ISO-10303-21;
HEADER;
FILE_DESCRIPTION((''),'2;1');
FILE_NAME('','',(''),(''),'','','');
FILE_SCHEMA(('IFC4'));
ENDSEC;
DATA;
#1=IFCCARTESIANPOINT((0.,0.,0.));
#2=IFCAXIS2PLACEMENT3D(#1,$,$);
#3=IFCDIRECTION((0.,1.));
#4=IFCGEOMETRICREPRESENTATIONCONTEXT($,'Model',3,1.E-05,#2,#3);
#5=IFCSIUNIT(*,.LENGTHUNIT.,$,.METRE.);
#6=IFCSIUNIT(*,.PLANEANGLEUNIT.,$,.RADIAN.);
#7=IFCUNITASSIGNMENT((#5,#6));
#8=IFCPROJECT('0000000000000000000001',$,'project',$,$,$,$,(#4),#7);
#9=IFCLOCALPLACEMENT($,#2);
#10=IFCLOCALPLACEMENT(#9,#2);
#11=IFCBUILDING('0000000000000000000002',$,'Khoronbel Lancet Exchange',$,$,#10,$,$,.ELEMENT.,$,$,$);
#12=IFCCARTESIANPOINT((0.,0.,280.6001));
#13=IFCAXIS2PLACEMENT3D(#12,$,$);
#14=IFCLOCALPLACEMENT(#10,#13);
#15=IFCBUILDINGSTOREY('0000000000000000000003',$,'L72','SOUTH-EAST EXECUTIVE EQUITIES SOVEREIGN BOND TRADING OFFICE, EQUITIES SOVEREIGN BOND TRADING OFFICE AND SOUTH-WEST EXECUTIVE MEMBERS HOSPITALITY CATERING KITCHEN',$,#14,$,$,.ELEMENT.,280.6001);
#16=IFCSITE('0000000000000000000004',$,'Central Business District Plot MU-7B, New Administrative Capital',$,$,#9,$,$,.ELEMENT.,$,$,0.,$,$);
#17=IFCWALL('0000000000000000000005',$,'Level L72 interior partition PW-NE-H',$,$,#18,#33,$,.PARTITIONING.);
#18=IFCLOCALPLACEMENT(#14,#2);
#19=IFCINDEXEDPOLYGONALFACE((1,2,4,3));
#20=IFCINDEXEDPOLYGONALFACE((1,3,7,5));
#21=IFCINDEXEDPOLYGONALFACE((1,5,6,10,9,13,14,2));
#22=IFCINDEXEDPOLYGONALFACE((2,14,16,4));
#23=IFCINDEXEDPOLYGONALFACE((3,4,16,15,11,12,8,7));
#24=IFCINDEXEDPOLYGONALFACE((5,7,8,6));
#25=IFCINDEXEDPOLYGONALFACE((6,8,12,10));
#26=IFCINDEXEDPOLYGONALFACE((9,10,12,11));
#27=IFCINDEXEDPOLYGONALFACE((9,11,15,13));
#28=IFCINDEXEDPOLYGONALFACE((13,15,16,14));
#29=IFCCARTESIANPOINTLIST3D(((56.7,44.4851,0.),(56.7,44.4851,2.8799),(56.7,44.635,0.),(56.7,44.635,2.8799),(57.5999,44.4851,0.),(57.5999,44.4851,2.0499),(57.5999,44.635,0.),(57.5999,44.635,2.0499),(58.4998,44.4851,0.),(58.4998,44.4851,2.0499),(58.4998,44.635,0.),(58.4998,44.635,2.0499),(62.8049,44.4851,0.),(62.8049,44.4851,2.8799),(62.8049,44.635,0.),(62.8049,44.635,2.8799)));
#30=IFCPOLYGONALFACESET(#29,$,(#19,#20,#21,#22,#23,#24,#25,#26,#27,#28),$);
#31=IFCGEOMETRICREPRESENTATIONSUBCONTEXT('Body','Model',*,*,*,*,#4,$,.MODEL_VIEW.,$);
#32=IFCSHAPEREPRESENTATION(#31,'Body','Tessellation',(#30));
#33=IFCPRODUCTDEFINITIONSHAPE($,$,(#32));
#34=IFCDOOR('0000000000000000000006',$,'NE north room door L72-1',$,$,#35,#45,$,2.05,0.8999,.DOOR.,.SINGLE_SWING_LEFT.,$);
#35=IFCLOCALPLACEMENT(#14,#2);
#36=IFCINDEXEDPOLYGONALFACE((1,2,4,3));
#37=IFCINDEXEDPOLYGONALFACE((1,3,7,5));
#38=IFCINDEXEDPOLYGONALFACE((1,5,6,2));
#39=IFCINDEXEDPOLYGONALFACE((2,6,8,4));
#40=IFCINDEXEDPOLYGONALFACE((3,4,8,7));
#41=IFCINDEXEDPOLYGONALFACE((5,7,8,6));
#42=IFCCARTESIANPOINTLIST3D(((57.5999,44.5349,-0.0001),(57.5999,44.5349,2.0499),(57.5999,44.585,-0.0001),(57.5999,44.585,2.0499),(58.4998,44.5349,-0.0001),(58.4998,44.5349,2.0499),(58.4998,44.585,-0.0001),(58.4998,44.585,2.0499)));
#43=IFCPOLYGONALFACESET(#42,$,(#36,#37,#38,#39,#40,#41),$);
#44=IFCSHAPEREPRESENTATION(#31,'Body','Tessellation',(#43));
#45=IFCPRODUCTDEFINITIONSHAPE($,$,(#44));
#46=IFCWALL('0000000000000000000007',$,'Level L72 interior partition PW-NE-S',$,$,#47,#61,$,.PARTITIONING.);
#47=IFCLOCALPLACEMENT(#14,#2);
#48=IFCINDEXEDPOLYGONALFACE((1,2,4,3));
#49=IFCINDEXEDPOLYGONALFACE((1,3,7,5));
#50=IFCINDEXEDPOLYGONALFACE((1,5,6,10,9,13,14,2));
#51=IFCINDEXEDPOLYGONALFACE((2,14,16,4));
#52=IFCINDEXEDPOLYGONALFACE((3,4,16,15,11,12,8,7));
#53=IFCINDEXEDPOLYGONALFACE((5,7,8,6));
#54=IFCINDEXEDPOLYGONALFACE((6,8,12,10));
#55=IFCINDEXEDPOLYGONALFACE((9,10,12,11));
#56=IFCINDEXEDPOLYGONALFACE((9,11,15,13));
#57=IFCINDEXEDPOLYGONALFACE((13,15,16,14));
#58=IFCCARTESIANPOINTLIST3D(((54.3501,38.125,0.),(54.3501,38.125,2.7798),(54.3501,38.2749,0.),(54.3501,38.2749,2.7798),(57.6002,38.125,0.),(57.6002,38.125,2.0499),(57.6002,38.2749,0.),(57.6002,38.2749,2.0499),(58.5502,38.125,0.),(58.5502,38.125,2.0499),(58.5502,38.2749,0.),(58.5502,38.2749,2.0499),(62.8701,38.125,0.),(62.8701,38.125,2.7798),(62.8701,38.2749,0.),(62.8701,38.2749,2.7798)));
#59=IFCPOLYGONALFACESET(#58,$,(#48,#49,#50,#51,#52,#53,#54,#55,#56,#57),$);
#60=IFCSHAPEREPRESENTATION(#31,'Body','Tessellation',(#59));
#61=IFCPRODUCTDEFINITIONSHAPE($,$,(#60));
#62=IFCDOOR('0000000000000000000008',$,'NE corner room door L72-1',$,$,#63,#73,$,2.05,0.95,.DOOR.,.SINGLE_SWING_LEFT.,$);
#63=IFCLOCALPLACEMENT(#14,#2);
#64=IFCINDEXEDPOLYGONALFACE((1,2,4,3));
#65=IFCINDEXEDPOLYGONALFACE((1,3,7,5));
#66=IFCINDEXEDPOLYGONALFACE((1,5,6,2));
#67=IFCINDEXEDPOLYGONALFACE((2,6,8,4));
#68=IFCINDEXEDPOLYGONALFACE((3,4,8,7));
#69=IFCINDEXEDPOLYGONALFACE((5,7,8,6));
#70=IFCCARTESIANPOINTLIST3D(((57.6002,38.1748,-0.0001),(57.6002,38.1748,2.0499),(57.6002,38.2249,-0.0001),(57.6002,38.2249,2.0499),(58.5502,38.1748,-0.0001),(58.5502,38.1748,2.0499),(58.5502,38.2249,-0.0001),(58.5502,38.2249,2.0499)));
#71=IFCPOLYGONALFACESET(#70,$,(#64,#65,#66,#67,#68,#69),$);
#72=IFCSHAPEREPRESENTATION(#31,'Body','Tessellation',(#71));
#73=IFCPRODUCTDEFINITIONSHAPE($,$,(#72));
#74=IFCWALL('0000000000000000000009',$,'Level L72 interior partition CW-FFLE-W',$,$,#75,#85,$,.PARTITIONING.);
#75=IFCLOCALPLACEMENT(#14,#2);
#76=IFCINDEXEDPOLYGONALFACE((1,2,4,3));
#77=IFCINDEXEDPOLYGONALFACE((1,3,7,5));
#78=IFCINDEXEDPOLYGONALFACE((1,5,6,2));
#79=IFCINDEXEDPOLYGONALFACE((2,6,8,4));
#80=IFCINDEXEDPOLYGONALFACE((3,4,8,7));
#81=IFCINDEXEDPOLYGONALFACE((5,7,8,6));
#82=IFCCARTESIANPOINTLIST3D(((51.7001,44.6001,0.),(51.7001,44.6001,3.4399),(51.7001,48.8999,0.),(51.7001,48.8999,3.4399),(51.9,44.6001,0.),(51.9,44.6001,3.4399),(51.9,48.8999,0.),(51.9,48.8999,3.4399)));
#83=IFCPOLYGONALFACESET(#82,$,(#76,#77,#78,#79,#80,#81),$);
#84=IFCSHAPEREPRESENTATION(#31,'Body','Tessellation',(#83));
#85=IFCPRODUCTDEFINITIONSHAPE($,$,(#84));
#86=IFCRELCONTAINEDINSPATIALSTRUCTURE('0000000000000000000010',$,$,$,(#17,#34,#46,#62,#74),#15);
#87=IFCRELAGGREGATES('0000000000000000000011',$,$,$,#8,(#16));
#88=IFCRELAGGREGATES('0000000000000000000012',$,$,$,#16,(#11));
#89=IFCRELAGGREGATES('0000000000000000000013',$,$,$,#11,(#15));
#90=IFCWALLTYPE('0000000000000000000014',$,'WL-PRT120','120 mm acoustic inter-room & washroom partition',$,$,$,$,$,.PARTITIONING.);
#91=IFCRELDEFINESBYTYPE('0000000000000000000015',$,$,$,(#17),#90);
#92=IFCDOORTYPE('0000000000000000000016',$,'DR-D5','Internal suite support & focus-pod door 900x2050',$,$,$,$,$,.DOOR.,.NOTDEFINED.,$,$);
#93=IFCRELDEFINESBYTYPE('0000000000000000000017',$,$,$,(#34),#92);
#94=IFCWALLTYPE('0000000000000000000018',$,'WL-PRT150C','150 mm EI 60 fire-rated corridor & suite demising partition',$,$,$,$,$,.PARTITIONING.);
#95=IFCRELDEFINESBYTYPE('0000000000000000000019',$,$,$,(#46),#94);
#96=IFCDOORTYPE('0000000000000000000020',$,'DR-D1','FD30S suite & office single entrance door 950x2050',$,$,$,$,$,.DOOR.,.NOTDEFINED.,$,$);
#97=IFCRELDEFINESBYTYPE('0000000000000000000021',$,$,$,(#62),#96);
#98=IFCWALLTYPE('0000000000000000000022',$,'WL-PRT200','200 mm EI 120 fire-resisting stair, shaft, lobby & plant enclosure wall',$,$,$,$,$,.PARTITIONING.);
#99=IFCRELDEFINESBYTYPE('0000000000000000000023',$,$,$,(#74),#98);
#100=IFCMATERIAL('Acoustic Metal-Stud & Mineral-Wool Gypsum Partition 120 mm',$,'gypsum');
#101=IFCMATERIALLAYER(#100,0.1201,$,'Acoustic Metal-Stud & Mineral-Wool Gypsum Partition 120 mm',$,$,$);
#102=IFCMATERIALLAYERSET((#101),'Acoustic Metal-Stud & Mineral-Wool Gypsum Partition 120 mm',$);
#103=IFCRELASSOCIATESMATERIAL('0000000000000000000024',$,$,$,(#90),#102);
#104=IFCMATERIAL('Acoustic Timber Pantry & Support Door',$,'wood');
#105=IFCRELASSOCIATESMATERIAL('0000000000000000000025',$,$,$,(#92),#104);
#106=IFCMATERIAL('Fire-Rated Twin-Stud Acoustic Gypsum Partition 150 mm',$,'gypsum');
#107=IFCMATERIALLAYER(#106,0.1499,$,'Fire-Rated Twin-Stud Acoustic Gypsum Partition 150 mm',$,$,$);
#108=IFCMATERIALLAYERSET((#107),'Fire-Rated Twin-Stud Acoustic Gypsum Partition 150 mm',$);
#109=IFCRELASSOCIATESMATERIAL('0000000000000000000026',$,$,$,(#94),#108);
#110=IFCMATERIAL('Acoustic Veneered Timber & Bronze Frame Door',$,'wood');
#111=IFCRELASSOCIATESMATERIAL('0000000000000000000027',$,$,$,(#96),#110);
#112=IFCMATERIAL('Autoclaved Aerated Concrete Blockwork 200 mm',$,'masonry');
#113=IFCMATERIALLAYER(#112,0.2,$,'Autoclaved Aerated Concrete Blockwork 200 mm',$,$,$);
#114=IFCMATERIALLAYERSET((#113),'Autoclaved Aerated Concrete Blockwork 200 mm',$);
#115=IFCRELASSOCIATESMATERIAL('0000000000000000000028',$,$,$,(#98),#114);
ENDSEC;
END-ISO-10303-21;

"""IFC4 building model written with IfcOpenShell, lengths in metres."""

from ifc_helpers import new_model, si_unit, direction, frame, frame_2d, origin, place, context, subcontext, project, spatial, rectangle, extrude, material, layer, layer_set, type_object, element, fill, save


model = new_model("IFC4")

# Units and contexts
model_context = context("Model", 3, precision=1e-05, world=origin(), true_north=direction((0.0, 1.0)))
body_context = subcontext(model_context, "Body", "Model", "MODEL_VIEW")
ifc_project = project(units=[si_unit("LENGTHUNIT", "METRE"), si_unit("PLANEANGLEUNIT", "RADIAN")], contexts=[model_context])

# Site, building, storey
site_placement = place(None, origin())
site = spatial("IfcSite", under=ifc_project, at=site_placement, Name="Central Business District Plot MU-7B, New Administrative Capital", CompositionType="ELEMENT", RefElevation=0.0)
building_placement = place(site_placement, origin())
building = spatial("IfcBuilding", under=site, at=building_placement, Name="Khoronbel Lancet Exchange", CompositionType="ELEMENT")
storey_placement = place(building_placement, frame((0.0, 0.0, 280.6001)))
storey = spatial("IfcBuildingStorey", under=building, at=storey_placement, Name="L72", Description="SOUTH-EAST EXECUTIVE EQUITIES SOVEREIGN BOND TRADING OFFICE, EQUITIES SOVEREIGN BOND TRADING OFFICE AND SOUTH-WEST EXECUTIVE MEMBERS HOSPITALITY CATERING KITCHEN", CompositionType="ELEMENT", Elevation=280.6001)

# Shared definitions
ifc_material_1 = material(Name="Acoustic Metal-Stud & Mineral-Wool Gypsum Partition 120 mm", Category="gypsum")
ifc_layer_1 = layer(ifc_material_1, 0.1201, Name="Acoustic Metal-Stud & Mineral-Wool Gypsum Partition 120 mm")
ifc_layer_set_1 = layer_set([ifc_layer_1], Name="Acoustic Metal-Stud & Mineral-Wool Gypsum Partition 120 mm")
wall_type_1 = type_object("IfcWallType", Name="WL-PRT120", Description="120 mm acoustic inter-room & washroom partition", PredefinedType="PARTITIONING", material=ifc_layer_set_1)

# Walls, openings, doors
wall_1_placement = place(storey_placement, frame((56.7, 44.5601, 0.0), z_axis=(0.0, 0.0, 1.0), x_axis=(1.0, 0.0, 0.0)))
wall_1 = element("IfcWall", 1, at=wall_1_placement, inside=storey, type_object=wall_type_1, Name="Level L72 interior partition PW-NE-H", PredefinedType="PARTITIONING", context=body_context, shape_type="SweptSolid", body=[
    extrude(rectangle(XDim=6.105, YDim=0.1499, at=frame_2d((3.0525, 0.0))), origin(), (0.0, 0.0, 1.0), 2.8799),
])
opening_1_placement = place(wall_1_placement, frame((0.8999, 0.0, 0.0)))
opening_1 = element("IfcOpeningElement", 2, at=opening_1_placement, cuts=wall_1, PredefinedType="OPENING", context=body_context, shape_type="SweptSolid", body=[
    extrude(rectangle(XDim=0.8999, YDim=2.05, at=frame_2d((0.45, 1.0249))), frame((0.0, 0.085, 0.0), z_axis=(0.0, -1.0, 0.0), x_axis=(1.0, 0.0, 0.0)), (0.0, 0.0, 1.0), 0.1699),
])
ifc_material_2 = material(Name="Acoustic Timber Pantry & Support Door", Category="wood")
door_type_1 = type_object("IfcDoorType", Name="DR-D5", Description="Internal suite support & focus-pod door 900x2050", OperationType="NOTDEFINED", PredefinedType="DOOR", material=ifc_material_2)
door_1_placement = place(opening_1_placement, origin())
door_1 = element("IfcDoor", 3, at=door_1_placement, inside=storey, type_object=door_type_1, Name="NE north room door L72-1", OperationType="SINGLE_SWING_LEFT", OverallHeight=2.05, OverallWidth=0.8999, PredefinedType="DOOR", context=body_context, shape_type="SweptSolid", body=[
    extrude(rectangle(XDim=0.8999, YDim=2.05, at=frame_2d((0.45, 1.0249))), frame((0.0, 0.0249, 0.0), z_axis=(0.0, -1.0, 0.0), x_axis=(1.0, 0.0, 0.0)), (0.0, 0.0, 1.0), 0.05),
])
fill(opening_1, door_1)
ifc_material_3 = material(Name="Fire-Rated Twin-Stud Acoustic Gypsum Partition 150 mm", Category="gypsum")
ifc_layer_2 = layer(ifc_material_3, 0.1499, Name="Fire-Rated Twin-Stud Acoustic Gypsum Partition 150 mm")
ifc_layer_set_2 = layer_set([ifc_layer_2], Name="Fire-Rated Twin-Stud Acoustic Gypsum Partition 150 mm")
wall_type_2 = type_object("IfcWallType", Name="WL-PRT150C", Description="150 mm EI 60 fire-rated corridor & suite demising partition", PredefinedType="PARTITIONING", material=ifc_layer_set_2)
wall_2_placement = place(storey_placement, frame((54.3501, 38.2, 0.0), z_axis=(0.0, 0.0, 1.0), x_axis=(1.0, 0.0, 0.0)))
wall_2 = element("IfcWall", 4, at=wall_2_placement, inside=storey, type_object=wall_type_2, Name="Level L72 interior partition PW-NE-S", PredefinedType="PARTITIONING", context=body_context, shape_type="SweptSolid", body=[
    extrude(rectangle(XDim=8.52, YDim=0.1499, at=frame_2d((4.26, 0.0))), origin(), (0.0, 0.0, 1.0), 2.7798),
])
opening_2_placement = place(wall_2_placement, frame((3.25, 0.0, 0.0)))
opening_2 = element("IfcOpeningElement", 5, at=opening_2_placement, cuts=wall_2, PredefinedType="OPENING", context=body_context, shape_type="SweptSolid", body=[
    extrude(rectangle(XDim=0.95, YDim=2.05, at=frame_2d((0.4751, 1.0249))), frame((0.0, 0.085, 0.0), z_axis=(0.0, -1.0, 0.0), x_axis=(1.0, 0.0, 0.0)), (0.0, 0.0, 1.0), 0.1699),
])
ifc_material_4 = material(Name="Acoustic Veneered Timber & Bronze Frame Door", Category="wood")
door_type_2 = type_object("IfcDoorType", Name="DR-D1", Description="FD30S suite & office single entrance door 950x2050", OperationType="NOTDEFINED", PredefinedType="DOOR", material=ifc_material_4)
door_2_placement = place(opening_2_placement, origin())
door_2 = element("IfcDoor", 6, at=door_2_placement, inside=storey, type_object=door_type_2, Name="NE corner room door L72-1", OperationType="SINGLE_SWING_LEFT", OverallHeight=2.05, OverallWidth=0.95, PredefinedType="DOOR", context=body_context, shape_type="SweptSolid", body=[
    extrude(rectangle(XDim=0.95, YDim=2.05, at=frame_2d((0.4751, 1.0249))), frame((0.0, 0.0249, 0.0), z_axis=(0.0, -1.0, 0.0), x_axis=(1.0, 0.0, 0.0)), (0.0, 0.0, 1.0), 0.05),
])
fill(opening_2, door_2)

# Wall
ifc_material_5 = material(Name="Autoclaved Aerated Concrete Blockwork 200 mm", Category="masonry")
ifc_layer_3 = layer(ifc_material_5, 0.2, Name="Autoclaved Aerated Concrete Blockwork 200 mm")
ifc_layer_set_3 = layer_set([ifc_layer_3], Name="Autoclaved Aerated Concrete Blockwork 200 mm")
wall_type_3 = type_object("IfcWallType", Name="WL-PRT200", Description="200 mm EI 120 fire-resisting stair, shaft, lobby & plant enclosure wall", PredefinedType="PARTITIONING", material=ifc_layer_set_3)
wall_3_placement = place(storey_placement, frame((51.8, 44.6001, 0.0), z_axis=(0.0, 0.0, 1.0), x_axis=(0.0, 1.0, 0.0)))
element("IfcWall", 7, at=wall_3_placement, inside=storey, type_object=wall_type_3, Name="Level L72 interior partition CW-FFLE-W", PredefinedType="PARTITIONING", context=body_context, shape_type="SweptSolid", body=[
    extrude(rectangle(XDim=4.2998, YDim=0.2, at=frame_2d((2.1499, 0.0))), origin(), (0.0, 0.0, 1.0), 3.4399),
])

save(model, "model.ifc")
